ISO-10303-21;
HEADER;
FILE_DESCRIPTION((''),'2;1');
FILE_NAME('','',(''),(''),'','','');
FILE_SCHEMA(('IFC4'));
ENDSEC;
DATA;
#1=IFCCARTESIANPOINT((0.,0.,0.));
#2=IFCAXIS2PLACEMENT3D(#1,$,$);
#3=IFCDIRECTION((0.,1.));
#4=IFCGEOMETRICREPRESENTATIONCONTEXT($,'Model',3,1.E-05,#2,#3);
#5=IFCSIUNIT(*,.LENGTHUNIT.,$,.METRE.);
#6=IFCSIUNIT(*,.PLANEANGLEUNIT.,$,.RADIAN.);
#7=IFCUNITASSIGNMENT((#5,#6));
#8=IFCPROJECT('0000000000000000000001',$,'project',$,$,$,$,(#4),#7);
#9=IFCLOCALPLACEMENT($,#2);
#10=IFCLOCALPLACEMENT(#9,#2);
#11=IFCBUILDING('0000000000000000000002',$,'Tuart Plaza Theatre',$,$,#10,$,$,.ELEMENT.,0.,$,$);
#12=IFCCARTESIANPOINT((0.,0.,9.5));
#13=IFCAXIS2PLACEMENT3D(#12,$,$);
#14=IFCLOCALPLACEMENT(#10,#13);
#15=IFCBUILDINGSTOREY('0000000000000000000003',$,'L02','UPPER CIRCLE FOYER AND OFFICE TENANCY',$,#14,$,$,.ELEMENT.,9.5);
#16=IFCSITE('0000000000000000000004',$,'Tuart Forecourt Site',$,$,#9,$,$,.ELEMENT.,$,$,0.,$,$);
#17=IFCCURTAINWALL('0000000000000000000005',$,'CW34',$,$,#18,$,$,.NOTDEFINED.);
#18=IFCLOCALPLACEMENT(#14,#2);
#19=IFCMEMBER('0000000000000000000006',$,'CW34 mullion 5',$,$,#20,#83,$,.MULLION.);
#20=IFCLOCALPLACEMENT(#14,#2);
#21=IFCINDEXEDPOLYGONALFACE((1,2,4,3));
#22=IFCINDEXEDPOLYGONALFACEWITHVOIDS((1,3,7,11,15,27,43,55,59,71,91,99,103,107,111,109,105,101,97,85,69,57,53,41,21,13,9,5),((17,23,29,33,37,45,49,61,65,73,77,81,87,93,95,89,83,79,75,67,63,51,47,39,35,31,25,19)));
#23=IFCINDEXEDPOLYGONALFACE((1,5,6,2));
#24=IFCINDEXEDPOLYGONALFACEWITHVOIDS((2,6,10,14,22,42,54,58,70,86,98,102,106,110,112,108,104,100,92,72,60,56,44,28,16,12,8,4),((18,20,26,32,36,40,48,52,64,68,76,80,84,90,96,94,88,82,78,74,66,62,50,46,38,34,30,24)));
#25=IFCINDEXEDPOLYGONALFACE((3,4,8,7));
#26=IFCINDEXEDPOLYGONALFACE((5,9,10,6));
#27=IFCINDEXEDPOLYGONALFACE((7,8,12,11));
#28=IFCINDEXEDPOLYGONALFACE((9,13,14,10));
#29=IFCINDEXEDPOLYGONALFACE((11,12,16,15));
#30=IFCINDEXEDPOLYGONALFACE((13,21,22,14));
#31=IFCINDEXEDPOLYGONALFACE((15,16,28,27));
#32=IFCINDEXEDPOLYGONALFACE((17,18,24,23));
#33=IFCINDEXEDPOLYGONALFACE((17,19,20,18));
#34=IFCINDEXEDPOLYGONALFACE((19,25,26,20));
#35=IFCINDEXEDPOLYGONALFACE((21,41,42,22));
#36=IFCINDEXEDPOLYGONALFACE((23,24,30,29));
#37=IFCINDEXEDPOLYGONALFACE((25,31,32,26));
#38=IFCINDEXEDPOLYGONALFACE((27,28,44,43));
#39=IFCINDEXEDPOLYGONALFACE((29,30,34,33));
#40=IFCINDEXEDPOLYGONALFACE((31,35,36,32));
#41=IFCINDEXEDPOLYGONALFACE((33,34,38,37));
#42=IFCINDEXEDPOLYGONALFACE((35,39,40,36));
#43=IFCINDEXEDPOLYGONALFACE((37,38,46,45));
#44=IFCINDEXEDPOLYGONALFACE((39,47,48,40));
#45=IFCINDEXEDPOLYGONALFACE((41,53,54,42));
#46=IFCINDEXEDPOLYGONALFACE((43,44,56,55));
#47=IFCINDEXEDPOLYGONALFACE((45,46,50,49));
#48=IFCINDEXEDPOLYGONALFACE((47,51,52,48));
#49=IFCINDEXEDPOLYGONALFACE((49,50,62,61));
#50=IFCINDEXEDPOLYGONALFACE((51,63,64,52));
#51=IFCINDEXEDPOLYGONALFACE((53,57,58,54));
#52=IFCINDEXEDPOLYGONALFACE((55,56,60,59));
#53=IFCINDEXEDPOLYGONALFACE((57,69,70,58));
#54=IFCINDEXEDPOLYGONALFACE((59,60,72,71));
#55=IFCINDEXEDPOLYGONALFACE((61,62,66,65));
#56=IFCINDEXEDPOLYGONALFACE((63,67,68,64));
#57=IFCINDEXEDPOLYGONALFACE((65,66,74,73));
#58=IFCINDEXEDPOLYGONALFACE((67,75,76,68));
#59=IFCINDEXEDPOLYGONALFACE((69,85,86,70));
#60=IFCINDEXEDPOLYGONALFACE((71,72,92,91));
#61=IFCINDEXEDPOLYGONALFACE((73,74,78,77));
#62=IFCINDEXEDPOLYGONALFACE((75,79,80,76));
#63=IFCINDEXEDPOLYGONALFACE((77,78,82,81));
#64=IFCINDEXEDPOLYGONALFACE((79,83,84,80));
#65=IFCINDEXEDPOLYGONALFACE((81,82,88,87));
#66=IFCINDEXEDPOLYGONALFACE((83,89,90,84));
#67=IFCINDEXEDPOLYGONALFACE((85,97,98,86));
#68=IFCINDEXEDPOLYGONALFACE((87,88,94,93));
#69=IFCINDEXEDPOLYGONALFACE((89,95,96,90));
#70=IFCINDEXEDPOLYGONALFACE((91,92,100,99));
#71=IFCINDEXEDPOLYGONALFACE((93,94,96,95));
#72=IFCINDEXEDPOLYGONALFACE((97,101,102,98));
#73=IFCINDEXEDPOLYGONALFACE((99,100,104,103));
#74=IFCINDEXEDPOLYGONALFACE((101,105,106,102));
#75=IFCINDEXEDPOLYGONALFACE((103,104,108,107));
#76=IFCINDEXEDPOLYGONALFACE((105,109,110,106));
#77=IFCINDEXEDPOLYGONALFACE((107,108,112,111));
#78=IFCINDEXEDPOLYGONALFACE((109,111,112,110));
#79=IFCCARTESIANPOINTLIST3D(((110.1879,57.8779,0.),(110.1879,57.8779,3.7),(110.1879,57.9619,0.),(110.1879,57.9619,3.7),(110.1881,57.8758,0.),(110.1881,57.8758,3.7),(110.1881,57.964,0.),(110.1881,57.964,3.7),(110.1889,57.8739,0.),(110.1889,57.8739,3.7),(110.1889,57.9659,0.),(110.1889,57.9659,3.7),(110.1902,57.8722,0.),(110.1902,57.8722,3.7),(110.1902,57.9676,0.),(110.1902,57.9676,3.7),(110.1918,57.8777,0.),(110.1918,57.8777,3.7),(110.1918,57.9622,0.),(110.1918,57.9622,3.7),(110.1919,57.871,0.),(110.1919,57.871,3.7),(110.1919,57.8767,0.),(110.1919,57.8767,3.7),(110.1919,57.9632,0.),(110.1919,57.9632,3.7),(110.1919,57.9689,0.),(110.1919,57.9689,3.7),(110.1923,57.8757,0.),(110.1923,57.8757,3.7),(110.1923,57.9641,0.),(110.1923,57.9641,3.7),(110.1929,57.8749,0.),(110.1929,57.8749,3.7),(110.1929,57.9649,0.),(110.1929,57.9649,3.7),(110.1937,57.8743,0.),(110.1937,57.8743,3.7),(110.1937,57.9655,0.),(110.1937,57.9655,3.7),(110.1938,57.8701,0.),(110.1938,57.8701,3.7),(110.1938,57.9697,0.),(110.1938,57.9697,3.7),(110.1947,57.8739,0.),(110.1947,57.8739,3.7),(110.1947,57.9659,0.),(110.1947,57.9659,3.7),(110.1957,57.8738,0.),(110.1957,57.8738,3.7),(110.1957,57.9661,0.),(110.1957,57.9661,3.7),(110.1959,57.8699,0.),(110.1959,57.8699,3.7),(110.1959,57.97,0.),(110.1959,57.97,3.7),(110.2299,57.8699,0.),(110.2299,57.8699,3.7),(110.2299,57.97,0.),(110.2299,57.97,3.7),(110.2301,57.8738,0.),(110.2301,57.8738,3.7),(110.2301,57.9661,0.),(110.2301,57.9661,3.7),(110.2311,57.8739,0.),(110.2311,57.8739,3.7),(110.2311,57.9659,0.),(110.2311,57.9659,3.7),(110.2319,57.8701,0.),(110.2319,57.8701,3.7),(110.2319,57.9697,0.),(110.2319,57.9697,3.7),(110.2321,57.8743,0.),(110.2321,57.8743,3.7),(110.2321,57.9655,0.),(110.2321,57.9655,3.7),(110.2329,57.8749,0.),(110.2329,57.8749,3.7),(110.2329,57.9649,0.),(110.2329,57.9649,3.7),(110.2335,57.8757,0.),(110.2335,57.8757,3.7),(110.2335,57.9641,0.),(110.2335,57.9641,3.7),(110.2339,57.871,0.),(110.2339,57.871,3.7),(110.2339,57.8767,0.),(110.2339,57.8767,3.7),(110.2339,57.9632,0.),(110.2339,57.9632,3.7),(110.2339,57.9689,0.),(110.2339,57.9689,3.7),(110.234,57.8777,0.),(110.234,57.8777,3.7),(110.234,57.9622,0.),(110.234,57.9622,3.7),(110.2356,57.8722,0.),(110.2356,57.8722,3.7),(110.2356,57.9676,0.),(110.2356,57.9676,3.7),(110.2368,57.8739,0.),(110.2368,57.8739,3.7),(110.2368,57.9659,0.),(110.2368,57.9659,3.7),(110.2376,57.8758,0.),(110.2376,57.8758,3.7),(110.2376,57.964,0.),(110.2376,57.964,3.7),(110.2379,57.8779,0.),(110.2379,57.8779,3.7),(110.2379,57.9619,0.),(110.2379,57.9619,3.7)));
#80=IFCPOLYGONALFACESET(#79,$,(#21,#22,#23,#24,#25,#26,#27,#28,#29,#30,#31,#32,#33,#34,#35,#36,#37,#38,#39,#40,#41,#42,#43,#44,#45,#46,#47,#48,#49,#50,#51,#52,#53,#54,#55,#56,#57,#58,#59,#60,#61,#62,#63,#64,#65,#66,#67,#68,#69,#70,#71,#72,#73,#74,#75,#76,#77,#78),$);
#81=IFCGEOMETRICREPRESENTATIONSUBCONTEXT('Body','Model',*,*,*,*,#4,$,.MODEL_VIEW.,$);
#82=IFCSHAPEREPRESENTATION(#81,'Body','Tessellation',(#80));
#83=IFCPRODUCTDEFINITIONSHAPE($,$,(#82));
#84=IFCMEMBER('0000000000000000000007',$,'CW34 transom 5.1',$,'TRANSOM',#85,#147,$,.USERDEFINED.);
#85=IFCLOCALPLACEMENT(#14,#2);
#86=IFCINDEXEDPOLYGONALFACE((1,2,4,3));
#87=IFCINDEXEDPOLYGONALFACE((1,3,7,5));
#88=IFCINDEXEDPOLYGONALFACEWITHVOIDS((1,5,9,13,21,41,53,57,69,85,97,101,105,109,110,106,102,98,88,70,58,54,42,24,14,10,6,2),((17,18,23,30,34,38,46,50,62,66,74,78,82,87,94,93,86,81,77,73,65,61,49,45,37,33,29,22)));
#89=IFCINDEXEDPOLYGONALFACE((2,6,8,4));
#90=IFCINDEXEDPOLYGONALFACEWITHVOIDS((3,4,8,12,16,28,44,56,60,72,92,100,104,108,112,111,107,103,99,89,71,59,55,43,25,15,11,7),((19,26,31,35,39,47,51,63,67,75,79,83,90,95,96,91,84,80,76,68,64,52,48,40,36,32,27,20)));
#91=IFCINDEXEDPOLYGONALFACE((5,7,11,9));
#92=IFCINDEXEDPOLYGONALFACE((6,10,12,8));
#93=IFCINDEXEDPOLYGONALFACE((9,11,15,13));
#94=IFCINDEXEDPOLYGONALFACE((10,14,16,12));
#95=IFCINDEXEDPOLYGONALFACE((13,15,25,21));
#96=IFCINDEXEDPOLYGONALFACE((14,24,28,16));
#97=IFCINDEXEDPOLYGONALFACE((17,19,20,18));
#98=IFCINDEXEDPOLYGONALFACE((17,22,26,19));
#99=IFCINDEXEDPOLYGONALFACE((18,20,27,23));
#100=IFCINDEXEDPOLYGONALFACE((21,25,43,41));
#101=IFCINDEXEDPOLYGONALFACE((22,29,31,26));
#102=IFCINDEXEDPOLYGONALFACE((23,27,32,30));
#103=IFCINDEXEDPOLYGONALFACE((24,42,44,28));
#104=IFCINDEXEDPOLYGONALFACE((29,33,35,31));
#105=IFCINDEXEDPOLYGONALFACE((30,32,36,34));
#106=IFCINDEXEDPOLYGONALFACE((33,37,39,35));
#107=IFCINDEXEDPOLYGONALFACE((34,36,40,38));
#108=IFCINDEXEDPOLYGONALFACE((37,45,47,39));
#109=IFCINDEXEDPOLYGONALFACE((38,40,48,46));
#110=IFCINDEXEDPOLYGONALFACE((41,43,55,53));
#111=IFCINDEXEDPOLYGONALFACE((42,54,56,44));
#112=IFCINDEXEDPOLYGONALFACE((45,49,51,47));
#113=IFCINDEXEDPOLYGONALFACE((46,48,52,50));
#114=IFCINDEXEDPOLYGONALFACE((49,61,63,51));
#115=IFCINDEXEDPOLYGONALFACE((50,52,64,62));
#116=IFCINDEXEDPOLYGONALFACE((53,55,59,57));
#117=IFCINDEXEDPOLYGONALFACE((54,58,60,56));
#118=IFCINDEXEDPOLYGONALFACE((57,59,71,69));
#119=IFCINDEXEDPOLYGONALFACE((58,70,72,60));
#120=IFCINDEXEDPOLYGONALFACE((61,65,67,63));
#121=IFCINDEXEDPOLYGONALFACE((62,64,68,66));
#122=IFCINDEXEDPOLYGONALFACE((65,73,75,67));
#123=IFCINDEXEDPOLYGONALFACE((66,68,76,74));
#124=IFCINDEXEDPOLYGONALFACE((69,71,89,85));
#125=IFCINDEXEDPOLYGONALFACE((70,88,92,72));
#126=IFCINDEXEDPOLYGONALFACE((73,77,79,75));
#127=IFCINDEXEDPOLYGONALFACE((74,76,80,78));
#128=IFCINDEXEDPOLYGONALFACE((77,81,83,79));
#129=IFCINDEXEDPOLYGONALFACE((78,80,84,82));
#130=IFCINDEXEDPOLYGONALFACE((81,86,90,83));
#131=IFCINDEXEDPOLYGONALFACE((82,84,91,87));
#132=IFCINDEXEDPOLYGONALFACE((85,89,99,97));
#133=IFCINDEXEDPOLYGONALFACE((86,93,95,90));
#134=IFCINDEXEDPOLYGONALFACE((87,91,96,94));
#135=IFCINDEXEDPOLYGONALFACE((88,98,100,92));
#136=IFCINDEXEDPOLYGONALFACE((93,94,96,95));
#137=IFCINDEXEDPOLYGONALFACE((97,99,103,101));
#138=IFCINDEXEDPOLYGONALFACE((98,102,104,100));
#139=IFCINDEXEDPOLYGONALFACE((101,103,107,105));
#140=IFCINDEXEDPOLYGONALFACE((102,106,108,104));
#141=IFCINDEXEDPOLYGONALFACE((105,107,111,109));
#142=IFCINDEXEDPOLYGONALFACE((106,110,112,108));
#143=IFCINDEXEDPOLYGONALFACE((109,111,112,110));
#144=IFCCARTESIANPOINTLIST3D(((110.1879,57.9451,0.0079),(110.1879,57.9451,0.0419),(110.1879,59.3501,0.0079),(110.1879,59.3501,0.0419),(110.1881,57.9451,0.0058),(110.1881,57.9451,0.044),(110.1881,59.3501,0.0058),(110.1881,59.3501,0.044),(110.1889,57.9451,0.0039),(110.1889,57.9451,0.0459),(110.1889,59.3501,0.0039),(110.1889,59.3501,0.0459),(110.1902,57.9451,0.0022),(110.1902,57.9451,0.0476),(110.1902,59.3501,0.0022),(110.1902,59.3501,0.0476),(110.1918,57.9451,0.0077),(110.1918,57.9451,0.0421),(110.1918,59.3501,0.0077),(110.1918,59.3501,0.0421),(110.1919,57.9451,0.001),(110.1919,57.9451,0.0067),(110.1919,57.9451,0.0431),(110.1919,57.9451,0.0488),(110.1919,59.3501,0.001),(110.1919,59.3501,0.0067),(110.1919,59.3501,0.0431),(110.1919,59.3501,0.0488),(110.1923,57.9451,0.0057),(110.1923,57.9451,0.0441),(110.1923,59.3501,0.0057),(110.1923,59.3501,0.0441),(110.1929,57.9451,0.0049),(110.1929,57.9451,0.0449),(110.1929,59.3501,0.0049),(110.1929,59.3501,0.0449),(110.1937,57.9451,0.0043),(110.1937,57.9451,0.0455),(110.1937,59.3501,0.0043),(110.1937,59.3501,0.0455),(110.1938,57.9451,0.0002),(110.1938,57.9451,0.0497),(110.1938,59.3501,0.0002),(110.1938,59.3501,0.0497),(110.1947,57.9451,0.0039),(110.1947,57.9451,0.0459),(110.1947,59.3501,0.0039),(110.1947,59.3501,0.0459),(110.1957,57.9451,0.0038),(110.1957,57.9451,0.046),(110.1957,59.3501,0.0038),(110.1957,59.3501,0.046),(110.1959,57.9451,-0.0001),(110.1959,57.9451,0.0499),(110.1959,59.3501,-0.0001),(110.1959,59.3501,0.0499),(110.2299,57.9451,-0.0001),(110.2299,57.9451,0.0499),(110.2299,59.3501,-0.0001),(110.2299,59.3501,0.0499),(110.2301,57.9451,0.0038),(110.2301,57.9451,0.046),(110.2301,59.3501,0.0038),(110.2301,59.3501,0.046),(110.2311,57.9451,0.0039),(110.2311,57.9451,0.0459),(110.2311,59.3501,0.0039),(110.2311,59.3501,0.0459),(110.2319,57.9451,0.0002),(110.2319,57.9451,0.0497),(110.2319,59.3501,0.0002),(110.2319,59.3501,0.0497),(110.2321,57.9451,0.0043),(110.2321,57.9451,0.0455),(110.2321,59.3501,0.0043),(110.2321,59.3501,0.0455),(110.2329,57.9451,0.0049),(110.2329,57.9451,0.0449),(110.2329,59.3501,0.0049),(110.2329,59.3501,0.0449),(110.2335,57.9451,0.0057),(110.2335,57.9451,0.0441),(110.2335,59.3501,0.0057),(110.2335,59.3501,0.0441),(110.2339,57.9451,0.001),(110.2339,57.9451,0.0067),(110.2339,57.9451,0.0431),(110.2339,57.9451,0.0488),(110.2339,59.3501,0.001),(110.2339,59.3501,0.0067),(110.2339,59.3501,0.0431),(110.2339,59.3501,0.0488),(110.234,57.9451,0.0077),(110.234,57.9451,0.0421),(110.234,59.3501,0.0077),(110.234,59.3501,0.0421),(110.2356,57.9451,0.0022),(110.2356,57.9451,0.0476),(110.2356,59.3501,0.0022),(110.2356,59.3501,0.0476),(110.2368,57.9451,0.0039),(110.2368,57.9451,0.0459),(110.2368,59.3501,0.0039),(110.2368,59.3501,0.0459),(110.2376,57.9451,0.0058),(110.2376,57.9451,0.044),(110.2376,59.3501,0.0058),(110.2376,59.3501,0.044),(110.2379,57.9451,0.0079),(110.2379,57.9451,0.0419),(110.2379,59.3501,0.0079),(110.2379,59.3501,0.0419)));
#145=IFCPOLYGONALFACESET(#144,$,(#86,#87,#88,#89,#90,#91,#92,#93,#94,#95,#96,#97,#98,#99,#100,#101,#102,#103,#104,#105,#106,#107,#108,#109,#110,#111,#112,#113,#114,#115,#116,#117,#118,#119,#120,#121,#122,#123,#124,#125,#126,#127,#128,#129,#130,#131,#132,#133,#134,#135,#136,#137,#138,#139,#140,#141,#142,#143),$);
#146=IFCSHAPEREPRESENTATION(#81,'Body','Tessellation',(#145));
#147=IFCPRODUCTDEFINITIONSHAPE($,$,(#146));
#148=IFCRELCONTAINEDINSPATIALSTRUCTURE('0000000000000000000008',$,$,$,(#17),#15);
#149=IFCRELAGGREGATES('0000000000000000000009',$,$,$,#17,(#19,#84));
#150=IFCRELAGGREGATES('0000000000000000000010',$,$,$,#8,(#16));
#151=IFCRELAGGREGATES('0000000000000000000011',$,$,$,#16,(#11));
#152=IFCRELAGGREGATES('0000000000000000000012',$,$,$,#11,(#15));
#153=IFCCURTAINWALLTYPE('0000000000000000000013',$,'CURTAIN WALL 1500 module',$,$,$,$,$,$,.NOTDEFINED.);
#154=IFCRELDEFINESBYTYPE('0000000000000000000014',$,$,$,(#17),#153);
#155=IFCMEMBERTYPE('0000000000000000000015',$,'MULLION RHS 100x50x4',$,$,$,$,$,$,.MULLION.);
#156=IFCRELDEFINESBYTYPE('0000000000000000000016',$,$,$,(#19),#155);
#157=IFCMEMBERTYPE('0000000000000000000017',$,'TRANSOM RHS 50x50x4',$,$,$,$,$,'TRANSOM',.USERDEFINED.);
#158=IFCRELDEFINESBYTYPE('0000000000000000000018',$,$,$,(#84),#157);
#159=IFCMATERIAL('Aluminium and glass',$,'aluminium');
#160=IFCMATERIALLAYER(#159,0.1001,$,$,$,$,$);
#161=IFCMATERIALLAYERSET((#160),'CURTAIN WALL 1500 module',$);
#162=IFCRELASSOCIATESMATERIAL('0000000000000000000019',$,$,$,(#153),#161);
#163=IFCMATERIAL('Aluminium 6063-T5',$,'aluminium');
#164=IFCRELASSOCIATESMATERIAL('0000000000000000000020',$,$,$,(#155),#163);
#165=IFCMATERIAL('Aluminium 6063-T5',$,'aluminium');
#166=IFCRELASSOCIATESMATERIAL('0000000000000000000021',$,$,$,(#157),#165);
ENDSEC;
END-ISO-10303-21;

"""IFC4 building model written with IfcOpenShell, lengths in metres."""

from ifc_helpers import new_model, si_unit, direction, frame, origin, origin_2d, place, context, subcontext, project, spatial, hollow_rectangle, extrude, material, layer, layer_set, material_profile, profile_set, type_object, element, aggregate, save


model = new_model("IFC4")

# Units and contexts
model_context = context("Model", 3, precision=1e-05, world=origin(), true_north=direction((0.0, 1.0)))
body_context = subcontext(model_context, "Body", "Model", "MODEL_VIEW")
ifc_project = project(units=[si_unit("LENGTHUNIT", "METRE"), si_unit("PLANEANGLEUNIT", "RADIAN")], contexts=[model_context])

# Site, building, storey
site_placement = place(None, origin())
site = spatial("IfcSite", under=ifc_project, at=site_placement, Name="Tuart Forecourt Site", CompositionType="ELEMENT", RefElevation=0.0)
building_placement = place(site_placement, origin())
building = spatial("IfcBuilding", under=site, at=building_placement, Name="Tuart Plaza Theatre", CompositionType="ELEMENT", ElevationOfRefHeight=0.0)
storey_placement = place(building_placement, frame((0.0, 0.0, 9.5)))
storey = spatial("IfcBuildingStorey", under=building, at=storey_placement, Name="L02", Description="UPPER CIRCLE FOYER AND OFFICE TENANCY", CompositionType="ELEMENT", Elevation=9.5)

# Curtain wall, members
ifc_material_1 = material(Name="Aluminium and glass", Category="aluminium")
ifc_layer_1 = layer(ifc_material_1, 0.1001)
ifc_layer_set_1 = layer_set([ifc_layer_1], Name="CURTAIN WALL 1500 module")
curtain_wall_type = type_object("IfcCurtainWallType", Name="CURTAIN WALL 1500 module", PredefinedType="NOTDEFINED", material=ifc_layer_set_1)
curtain_wall_placement = place(storey_placement, origin())
curtain_wall = element("IfcCurtainWall", 1, at=curtain_wall_placement, inside=storey, type_object=curtain_wall_type, Name="CW34", PredefinedType="NOTDEFINED")
ifc_material_2 = material(Name="Aluminium 6063-T5", Category="aluminium")
ifc_material_profile_1 = material_profile(ifc_material_2, hollow_rectangle(XDim=0.05, YDim=0.1001, WallThickness=0.0039, InnerFilletRadius=0.0039, OuterFilletRadius=0.0081, at=origin_2d()), Name="RHS 100x50x4")
ifc_profile_set_1 = profile_set([ifc_material_profile_1], Name="Aluminium 6063-T5")
member_type_1 = type_object("IfcMemberType", Name="MULLION RHS 100x50x4", PredefinedType="MULLION", material=ifc_profile_set_1)
member_1_placement = place(storey_placement, frame((110.2129, 57.9199, 0.0), z_axis=(0.0, 0.0, 1.0), x_axis=(-1.0, 0.0, 0.0)))
member_1 = element("IfcMember", 2, at=member_1_placement, type_object=member_type_1, Name="CW34 mullion 5", PredefinedType="MULLION", context=body_context, shape_type="SweptSolid", body=[
    extrude(hollow_rectangle(XDim=0.05, YDim=0.1001, WallThickness=0.0039, InnerFilletRadius=0.0039, OuterFilletRadius=0.0081, at=origin_2d()), origin(), (0.0, 0.0, 1.0), 3.7),
])
ifc_material_3 = material(Name="Aluminium 6063-T5", Category="aluminium")
ifc_material_profile_2 = material_profile(ifc_material_3, hollow_rectangle(XDim=0.05, YDim=0.05, WallThickness=0.0039, InnerFilletRadius=0.0039, OuterFilletRadius=0.0081, at=origin_2d()), Name="RHS 50x50x4")
ifc_profile_set_2 = profile_set([ifc_material_profile_2], Name="Aluminium 6063-T5")
member_type_2 = type_object("IfcMemberType", Name="TRANSOM RHS 50x50x4", ElementType="TRANSOM", PredefinedType="USERDEFINED", material=ifc_profile_set_2)
member_2_placement = place(storey_placement, frame((110.2129, 57.9451, 0.0249), z_axis=(0.0, 1.0, 0.0), x_axis=(-1.0, 0.0, 0.0)))
member_2 = element("IfcMember", 3, at=member_2_placement, type_object=member_type_2, Name="CW34 transom 5.1", ObjectType="TRANSOM", PredefinedType="USERDEFINED", context=body_context, shape_type="SweptSolid", body=[
    extrude(hollow_rectangle(XDim=0.05, YDim=0.05, WallThickness=0.0039, InnerFilletRadius=0.0039, OuterFilletRadius=0.0081, at=origin_2d()), origin(), (0.0, 0.0, 1.0), 1.405),
])
aggregate(curtain_wall, [member_1, member_2])

save(model, "model.ifc")
